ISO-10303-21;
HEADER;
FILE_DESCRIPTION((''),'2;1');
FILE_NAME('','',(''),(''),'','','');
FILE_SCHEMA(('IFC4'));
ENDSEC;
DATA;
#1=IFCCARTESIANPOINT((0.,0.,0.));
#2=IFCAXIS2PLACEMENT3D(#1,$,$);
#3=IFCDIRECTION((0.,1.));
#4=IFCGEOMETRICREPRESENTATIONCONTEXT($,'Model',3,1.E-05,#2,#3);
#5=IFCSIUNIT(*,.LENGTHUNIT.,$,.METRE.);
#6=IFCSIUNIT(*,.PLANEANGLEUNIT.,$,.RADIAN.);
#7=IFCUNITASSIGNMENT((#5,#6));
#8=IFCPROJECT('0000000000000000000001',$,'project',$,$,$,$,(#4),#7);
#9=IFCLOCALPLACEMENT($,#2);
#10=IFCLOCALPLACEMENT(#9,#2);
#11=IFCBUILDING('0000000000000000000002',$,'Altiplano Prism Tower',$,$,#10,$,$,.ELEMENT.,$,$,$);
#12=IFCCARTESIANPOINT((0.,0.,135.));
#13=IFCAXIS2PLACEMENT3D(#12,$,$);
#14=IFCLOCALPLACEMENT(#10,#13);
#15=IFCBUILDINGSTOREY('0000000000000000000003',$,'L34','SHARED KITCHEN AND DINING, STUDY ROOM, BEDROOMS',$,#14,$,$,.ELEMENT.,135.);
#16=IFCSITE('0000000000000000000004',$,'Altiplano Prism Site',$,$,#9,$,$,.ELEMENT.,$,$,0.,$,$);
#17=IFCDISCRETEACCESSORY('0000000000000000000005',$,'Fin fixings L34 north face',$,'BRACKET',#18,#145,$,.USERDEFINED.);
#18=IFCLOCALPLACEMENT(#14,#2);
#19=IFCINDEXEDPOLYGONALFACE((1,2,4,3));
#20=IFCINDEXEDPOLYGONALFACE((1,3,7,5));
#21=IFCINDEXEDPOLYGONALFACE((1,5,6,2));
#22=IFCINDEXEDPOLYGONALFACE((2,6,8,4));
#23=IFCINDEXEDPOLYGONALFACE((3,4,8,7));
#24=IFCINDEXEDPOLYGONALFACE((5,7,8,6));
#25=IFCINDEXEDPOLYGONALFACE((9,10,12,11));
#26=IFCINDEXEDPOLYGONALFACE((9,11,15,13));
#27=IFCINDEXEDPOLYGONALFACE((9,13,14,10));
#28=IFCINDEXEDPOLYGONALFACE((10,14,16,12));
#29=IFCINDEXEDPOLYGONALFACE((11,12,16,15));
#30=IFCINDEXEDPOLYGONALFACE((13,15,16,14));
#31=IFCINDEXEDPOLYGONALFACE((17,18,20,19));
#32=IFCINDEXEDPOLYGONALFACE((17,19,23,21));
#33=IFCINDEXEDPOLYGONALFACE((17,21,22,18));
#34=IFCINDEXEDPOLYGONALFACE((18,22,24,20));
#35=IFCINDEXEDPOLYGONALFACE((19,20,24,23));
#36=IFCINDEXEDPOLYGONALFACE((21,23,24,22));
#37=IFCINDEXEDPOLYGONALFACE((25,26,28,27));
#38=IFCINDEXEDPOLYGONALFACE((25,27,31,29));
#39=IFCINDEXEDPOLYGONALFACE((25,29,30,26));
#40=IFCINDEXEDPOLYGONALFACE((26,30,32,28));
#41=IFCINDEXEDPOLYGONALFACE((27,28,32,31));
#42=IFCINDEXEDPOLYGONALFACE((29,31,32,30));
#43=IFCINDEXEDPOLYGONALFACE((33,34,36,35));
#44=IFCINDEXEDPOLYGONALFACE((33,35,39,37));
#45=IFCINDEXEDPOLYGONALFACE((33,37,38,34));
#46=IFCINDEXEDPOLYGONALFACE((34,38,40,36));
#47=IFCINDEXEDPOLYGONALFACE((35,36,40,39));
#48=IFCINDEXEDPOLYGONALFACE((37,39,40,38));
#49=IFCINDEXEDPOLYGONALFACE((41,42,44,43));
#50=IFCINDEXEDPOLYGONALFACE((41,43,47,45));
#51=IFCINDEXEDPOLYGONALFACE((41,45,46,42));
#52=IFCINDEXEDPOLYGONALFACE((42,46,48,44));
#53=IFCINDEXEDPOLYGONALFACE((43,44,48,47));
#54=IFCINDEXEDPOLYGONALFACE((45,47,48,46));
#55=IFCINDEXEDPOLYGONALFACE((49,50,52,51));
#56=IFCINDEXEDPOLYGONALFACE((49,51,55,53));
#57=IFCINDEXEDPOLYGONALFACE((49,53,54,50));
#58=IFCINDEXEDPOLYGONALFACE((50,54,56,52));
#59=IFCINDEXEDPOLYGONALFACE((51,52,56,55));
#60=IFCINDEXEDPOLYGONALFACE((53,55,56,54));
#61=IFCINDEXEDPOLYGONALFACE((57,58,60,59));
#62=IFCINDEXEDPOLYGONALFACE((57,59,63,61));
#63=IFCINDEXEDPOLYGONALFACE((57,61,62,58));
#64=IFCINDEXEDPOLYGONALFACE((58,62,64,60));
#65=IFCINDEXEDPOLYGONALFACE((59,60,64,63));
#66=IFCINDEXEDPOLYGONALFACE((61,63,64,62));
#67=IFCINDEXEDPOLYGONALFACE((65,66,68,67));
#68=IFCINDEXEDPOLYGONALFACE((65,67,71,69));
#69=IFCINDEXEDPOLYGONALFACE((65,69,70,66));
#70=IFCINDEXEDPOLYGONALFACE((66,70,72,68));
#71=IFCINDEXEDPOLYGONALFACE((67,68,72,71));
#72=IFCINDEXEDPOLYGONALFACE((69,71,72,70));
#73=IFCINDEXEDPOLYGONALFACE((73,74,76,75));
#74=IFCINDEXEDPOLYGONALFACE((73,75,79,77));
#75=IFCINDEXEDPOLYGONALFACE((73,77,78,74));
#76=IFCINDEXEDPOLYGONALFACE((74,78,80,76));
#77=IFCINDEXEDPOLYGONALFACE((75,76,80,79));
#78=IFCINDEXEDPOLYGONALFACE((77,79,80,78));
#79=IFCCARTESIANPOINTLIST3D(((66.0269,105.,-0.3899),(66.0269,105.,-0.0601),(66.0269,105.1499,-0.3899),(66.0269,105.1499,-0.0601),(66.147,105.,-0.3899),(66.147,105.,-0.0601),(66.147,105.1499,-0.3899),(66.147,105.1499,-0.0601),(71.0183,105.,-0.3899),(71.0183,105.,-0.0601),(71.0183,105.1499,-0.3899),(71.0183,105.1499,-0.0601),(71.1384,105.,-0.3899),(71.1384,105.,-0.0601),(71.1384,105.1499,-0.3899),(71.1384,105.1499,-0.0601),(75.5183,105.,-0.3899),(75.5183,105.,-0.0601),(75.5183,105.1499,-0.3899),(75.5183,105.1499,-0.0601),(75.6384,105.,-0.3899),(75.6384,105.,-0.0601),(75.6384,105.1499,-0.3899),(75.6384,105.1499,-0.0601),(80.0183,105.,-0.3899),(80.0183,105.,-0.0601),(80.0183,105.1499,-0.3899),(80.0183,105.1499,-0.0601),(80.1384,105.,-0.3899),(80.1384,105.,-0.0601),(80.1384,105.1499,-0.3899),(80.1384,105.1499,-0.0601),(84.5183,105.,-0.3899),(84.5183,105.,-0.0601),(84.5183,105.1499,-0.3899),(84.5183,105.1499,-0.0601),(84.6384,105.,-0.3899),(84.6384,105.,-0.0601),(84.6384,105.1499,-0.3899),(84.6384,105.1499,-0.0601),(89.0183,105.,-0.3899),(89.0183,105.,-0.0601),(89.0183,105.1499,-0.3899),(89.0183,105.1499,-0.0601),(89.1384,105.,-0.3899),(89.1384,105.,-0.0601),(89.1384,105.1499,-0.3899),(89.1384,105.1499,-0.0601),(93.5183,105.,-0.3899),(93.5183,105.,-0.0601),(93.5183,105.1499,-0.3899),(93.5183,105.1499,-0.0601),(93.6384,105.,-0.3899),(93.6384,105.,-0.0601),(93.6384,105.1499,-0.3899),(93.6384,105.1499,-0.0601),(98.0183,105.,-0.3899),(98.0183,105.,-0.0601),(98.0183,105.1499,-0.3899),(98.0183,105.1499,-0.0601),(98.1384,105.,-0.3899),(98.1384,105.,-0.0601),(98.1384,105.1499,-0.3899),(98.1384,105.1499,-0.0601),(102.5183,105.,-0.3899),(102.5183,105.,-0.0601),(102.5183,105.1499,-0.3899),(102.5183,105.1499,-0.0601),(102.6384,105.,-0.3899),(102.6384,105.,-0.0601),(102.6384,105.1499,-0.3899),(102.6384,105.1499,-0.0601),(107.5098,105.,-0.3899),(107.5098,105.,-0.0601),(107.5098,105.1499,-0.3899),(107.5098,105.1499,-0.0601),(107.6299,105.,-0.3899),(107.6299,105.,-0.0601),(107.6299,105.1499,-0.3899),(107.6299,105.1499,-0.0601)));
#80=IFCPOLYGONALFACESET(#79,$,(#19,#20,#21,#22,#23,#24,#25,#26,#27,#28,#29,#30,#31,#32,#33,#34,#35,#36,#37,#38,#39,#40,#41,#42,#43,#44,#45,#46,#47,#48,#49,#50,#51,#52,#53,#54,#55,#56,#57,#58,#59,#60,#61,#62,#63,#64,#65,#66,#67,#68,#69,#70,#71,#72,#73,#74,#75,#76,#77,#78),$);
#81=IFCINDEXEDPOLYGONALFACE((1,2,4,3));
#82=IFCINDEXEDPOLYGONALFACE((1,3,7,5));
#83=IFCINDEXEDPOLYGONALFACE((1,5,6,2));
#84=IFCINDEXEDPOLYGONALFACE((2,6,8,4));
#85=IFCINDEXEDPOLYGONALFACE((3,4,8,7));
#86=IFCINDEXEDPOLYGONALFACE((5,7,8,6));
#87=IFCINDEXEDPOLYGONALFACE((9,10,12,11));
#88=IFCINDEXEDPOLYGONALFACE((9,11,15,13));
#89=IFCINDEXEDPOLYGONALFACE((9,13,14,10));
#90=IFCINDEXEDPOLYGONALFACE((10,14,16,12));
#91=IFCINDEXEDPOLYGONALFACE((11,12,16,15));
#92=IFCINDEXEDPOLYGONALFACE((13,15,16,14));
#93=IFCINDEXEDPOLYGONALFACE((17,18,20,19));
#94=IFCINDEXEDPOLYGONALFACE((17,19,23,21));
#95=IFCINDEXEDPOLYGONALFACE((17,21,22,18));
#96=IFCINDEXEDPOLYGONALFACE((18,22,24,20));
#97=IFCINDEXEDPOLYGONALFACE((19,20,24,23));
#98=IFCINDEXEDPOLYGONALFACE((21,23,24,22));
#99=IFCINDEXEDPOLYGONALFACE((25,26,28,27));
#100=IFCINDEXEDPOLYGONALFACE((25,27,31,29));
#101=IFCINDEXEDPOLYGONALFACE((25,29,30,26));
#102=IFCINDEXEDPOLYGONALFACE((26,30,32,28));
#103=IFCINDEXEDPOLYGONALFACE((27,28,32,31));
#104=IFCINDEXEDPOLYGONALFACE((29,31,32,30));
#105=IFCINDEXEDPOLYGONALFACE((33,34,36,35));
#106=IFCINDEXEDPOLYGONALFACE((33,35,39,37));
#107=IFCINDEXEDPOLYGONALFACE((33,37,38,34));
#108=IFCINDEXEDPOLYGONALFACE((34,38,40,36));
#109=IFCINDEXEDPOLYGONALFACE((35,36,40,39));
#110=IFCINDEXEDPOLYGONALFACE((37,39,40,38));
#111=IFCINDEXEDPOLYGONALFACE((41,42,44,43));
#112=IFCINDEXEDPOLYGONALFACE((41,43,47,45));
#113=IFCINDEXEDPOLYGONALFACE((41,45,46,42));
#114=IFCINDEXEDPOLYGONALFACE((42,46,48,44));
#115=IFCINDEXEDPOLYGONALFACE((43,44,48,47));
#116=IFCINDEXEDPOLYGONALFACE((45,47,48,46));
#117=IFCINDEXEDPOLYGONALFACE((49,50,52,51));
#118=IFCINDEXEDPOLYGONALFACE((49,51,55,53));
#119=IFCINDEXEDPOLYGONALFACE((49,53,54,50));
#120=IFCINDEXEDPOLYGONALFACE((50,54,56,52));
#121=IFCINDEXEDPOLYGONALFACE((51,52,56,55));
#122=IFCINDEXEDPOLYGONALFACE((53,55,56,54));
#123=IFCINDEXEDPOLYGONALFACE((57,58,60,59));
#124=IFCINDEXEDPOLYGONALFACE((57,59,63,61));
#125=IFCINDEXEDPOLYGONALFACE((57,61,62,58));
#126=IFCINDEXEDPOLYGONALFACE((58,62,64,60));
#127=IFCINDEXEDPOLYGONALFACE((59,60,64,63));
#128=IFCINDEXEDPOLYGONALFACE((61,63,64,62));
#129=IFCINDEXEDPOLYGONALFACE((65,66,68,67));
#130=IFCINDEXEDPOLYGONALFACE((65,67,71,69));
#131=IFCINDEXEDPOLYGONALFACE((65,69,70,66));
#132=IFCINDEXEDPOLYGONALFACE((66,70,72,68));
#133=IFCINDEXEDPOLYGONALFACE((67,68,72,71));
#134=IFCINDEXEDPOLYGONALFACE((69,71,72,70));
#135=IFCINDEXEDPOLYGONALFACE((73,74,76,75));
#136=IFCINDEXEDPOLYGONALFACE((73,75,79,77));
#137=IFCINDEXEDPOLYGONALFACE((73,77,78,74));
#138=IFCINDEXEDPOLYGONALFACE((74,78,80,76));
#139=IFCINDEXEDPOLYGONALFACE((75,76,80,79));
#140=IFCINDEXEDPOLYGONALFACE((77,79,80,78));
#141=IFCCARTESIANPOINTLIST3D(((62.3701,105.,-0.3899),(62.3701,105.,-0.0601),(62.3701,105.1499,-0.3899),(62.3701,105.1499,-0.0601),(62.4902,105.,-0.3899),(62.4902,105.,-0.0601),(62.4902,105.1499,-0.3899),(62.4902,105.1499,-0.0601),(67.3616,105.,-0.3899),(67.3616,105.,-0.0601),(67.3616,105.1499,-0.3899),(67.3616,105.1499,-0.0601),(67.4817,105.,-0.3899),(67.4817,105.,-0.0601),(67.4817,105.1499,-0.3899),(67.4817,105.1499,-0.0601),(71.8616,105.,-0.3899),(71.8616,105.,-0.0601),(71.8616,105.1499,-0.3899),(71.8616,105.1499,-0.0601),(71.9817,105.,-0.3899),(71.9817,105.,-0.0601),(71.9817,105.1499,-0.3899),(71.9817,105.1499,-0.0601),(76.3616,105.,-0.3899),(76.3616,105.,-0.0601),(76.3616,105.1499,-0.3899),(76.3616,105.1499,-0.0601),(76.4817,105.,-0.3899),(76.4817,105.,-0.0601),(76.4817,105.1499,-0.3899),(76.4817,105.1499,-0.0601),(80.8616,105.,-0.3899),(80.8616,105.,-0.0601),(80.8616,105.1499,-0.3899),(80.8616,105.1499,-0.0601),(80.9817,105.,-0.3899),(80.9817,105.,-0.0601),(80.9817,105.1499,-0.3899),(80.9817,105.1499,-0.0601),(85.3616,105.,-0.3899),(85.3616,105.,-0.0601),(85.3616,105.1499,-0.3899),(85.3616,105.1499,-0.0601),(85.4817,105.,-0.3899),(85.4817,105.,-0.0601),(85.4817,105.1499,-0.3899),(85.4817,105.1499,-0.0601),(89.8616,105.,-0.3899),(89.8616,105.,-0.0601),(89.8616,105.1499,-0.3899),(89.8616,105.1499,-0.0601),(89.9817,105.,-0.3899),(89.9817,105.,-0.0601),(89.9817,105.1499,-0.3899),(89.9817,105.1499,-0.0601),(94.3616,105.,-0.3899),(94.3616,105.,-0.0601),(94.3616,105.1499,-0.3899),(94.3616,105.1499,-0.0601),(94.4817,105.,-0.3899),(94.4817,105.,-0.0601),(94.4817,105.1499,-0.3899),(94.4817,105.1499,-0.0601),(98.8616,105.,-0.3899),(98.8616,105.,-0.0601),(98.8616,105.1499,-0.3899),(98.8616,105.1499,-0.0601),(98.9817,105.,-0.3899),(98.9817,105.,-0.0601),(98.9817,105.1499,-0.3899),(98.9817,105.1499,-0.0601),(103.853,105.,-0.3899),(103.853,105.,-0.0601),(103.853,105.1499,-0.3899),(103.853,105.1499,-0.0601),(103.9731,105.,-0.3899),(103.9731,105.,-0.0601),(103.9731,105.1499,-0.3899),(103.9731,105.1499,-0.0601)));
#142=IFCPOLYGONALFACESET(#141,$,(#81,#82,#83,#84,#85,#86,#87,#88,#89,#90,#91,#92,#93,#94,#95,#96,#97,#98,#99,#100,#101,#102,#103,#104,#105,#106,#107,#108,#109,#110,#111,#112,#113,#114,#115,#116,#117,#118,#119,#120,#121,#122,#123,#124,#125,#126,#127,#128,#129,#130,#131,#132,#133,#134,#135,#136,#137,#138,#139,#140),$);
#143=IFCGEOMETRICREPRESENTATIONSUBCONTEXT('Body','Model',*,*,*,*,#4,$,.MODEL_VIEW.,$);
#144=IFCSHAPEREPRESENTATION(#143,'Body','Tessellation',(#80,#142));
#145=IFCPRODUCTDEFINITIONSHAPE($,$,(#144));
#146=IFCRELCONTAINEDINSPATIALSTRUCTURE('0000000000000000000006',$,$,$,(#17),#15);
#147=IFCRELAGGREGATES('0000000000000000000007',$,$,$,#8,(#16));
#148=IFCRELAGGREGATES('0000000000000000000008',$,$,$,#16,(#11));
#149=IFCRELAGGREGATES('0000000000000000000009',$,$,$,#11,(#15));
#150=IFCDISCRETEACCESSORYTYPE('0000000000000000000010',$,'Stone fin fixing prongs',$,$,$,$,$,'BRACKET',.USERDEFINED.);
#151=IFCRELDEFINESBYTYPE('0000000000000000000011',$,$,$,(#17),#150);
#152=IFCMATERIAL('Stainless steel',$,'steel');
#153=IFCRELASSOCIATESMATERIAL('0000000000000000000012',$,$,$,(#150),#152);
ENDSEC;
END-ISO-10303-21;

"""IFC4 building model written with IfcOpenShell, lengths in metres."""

from ifc_helpers import new_model, si_unit, direction, frame, origin, place, context, subcontext, project, spatial, polyline, outline, extrude, source, transform, mapped, material, type_object, element, save


model = new_model("IFC4")

# Units and contexts
model_context = context("Model", 3, precision=1e-05, world=origin(), true_north=direction((0.0, 1.0)))
body_context = subcontext(model_context, "Body", "Model", "MODEL_VIEW")
ifc_project = project(units=[si_unit("LENGTHUNIT", "METRE"), si_unit("PLANEANGLEUNIT", "RADIAN")], contexts=[model_context])

# Site, building, storey
site_placement = place(None, origin())
site = spatial("IfcSite", under=ifc_project, at=site_placement, Name="Altiplano Prism Site", CompositionType="ELEMENT", RefElevation=0.0)
building_placement = place(site_placement, origin())
building = spatial("IfcBuilding", under=site, at=building_placement, Name="Altiplano Prism Tower", CompositionType="ELEMENT")
storey_placement = place(building_placement, frame((0.0, 0.0, 135.0)))
storey = spatial("IfcBuildingStorey", under=building, at=storey_placement, Name="L34", Description="SHARED KITCHEN AND DINING, STUDY ROOM, BEDROOMS", CompositionType="ELEMENT", Elevation=135.0)

# Discrete accessory
ifc_material_1 = material(Name="Stainless steel", Category="steel")
discrete_accessory_type = type_object("IfcDiscreteAccessoryType", Name="Stone fin fixing prongs", ElementType="BRACKET", PredefinedType="USERDEFINED", material=ifc_material_1)
shared_shape_1 = source(origin(), body_context, "Body", "SweptSolid", [
    extrude(outline(polyline([(-1.8884, 0.0601), (-1.7683, 0.0601), (-1.7683, 0.3899), (-1.8884, 0.3899), (-1.8884, 0.0601)])), frame((0.0, 0.0, 0.0), z_axis=(0.0, -1.0, 0.0), x_axis=(1.0, 0.0, 0.0)), (0.0, 0.0, 1.0), 0.1499),
    extrude(outline(polyline([(1.7683, 0.0601), (1.8884, 0.0601), (1.8884, 0.3899), (1.7683, 0.3899), (1.7683, 0.0601)])), frame((0.0, 0.0, 0.0), z_axis=(0.0, -1.0, 0.0), x_axis=(1.0, 0.0, 0.0)), (0.0, 0.0, 1.0), 0.1499),
])
shared_shape_2 = source(origin(), body_context, "Body", "SweptSolid", [
    extrude(outline(polyline([(-1.8884, 0.0601), (-1.7683, 0.0601), (-1.7683, 0.3899), (-1.8884, 0.3899), (-1.8884, 0.0601)])), frame((0.0, 0.0, 0.0), z_axis=(0.0, -1.0, 0.0), x_axis=(1.0, 0.0, 0.0)), (0.0, 0.0, 1.0), 0.1499),
    extrude(outline(polyline([(1.7683, 0.0601), (1.8884, 0.0601), (1.8884, 0.3899), (1.7683, 0.3899), (1.7683, 0.0601)])), frame((0.0, 0.0, 0.0), z_axis=(0.0, -1.0, 0.0), x_axis=(1.0, 0.0, 0.0)), (0.0, 0.0, 1.0), 0.1499),
])
discrete_accessory_1_placement = place(storey_placement, origin())
element("IfcDiscreteAccessory", 1, at=discrete_accessory_1_placement, inside=storey, type_object=discrete_accessory_type, Name="Fin fixings L34 north face", ObjectType="BRACKET", PredefinedType="USERDEFINED", context=body_context, shape_type="MappedRepresentation", body=[
    mapped(shared_shape_1, transform((105.7415, 105.0, -0.45), x_axis=(-1.0, 0.0, 0.0), y_axis=(0.0, -1.0, 0.0), z_axis=(0.0, 0.0, 1.0))),
    mapped(shared_shape_2, transform((100.75, 105.0, -0.45), x_axis=(-1.0, 0.0, 0.0), y_axis=(0.0, -1.0, 0.0), z_axis=(0.0, 0.0, 1.0))),
    mapped(shared_shape_2, transform((96.25, 105.0, -0.45), x_axis=(-1.0, 0.0, 0.0), y_axis=(0.0, -1.0, 0.0), z_axis=(0.0, 0.0, 1.0))),
    mapped(shared_shape_2, transform((91.75, 105.0, -0.45), x_axis=(-1.0, 0.0, 0.0), y_axis=(0.0, -1.0, 0.0), z_axis=(0.0, 0.0, 1.0))),
    mapped(shared_shape_2, transform((87.25, 105.0, -0.45), x_axis=(-1.0, 0.0, 0.0), y_axis=(0.0, -1.0, 0.0), z_axis=(0.0, 0.0, 1.0))),
    mapped(shared_shape_2, transform((82.75, 105.0, -0.45), x_axis=(-1.0, 0.0, 0.0), y_axis=(0.0, -1.0, 0.0), z_axis=(0.0, 0.0, 1.0))),
    mapped(shared_shape_2, transform((78.25, 105.0, -0.45), x_axis=(-1.0, 0.0, 0.0), y_axis=(0.0, -1.0, 0.0), z_axis=(0.0, 0.0, 1.0))),
    mapped(shared_shape_2, transform((73.75, 105.0, -0.45), x_axis=(-1.0, 0.0, 0.0), y_axis=(0.0, -1.0, 0.0), z_axis=(0.0, 0.0, 1.0))),
    mapped(shared_shape_2, transform((69.25, 105.0, -0.45), x_axis=(-1.0, 0.0, 0.0), y_axis=(0.0, -1.0, 0.0), z_axis=(0.0, 0.0, 1.0))),
    mapped(shared_shape_1, transform((64.2585, 105.0, -0.45), x_axis=(-1.0, 0.0, 0.0), y_axis=(0.0, -1.0, 0.0), z_axis=(0.0, 0.0, 1.0))),
])

save(model, "model.ifc")
